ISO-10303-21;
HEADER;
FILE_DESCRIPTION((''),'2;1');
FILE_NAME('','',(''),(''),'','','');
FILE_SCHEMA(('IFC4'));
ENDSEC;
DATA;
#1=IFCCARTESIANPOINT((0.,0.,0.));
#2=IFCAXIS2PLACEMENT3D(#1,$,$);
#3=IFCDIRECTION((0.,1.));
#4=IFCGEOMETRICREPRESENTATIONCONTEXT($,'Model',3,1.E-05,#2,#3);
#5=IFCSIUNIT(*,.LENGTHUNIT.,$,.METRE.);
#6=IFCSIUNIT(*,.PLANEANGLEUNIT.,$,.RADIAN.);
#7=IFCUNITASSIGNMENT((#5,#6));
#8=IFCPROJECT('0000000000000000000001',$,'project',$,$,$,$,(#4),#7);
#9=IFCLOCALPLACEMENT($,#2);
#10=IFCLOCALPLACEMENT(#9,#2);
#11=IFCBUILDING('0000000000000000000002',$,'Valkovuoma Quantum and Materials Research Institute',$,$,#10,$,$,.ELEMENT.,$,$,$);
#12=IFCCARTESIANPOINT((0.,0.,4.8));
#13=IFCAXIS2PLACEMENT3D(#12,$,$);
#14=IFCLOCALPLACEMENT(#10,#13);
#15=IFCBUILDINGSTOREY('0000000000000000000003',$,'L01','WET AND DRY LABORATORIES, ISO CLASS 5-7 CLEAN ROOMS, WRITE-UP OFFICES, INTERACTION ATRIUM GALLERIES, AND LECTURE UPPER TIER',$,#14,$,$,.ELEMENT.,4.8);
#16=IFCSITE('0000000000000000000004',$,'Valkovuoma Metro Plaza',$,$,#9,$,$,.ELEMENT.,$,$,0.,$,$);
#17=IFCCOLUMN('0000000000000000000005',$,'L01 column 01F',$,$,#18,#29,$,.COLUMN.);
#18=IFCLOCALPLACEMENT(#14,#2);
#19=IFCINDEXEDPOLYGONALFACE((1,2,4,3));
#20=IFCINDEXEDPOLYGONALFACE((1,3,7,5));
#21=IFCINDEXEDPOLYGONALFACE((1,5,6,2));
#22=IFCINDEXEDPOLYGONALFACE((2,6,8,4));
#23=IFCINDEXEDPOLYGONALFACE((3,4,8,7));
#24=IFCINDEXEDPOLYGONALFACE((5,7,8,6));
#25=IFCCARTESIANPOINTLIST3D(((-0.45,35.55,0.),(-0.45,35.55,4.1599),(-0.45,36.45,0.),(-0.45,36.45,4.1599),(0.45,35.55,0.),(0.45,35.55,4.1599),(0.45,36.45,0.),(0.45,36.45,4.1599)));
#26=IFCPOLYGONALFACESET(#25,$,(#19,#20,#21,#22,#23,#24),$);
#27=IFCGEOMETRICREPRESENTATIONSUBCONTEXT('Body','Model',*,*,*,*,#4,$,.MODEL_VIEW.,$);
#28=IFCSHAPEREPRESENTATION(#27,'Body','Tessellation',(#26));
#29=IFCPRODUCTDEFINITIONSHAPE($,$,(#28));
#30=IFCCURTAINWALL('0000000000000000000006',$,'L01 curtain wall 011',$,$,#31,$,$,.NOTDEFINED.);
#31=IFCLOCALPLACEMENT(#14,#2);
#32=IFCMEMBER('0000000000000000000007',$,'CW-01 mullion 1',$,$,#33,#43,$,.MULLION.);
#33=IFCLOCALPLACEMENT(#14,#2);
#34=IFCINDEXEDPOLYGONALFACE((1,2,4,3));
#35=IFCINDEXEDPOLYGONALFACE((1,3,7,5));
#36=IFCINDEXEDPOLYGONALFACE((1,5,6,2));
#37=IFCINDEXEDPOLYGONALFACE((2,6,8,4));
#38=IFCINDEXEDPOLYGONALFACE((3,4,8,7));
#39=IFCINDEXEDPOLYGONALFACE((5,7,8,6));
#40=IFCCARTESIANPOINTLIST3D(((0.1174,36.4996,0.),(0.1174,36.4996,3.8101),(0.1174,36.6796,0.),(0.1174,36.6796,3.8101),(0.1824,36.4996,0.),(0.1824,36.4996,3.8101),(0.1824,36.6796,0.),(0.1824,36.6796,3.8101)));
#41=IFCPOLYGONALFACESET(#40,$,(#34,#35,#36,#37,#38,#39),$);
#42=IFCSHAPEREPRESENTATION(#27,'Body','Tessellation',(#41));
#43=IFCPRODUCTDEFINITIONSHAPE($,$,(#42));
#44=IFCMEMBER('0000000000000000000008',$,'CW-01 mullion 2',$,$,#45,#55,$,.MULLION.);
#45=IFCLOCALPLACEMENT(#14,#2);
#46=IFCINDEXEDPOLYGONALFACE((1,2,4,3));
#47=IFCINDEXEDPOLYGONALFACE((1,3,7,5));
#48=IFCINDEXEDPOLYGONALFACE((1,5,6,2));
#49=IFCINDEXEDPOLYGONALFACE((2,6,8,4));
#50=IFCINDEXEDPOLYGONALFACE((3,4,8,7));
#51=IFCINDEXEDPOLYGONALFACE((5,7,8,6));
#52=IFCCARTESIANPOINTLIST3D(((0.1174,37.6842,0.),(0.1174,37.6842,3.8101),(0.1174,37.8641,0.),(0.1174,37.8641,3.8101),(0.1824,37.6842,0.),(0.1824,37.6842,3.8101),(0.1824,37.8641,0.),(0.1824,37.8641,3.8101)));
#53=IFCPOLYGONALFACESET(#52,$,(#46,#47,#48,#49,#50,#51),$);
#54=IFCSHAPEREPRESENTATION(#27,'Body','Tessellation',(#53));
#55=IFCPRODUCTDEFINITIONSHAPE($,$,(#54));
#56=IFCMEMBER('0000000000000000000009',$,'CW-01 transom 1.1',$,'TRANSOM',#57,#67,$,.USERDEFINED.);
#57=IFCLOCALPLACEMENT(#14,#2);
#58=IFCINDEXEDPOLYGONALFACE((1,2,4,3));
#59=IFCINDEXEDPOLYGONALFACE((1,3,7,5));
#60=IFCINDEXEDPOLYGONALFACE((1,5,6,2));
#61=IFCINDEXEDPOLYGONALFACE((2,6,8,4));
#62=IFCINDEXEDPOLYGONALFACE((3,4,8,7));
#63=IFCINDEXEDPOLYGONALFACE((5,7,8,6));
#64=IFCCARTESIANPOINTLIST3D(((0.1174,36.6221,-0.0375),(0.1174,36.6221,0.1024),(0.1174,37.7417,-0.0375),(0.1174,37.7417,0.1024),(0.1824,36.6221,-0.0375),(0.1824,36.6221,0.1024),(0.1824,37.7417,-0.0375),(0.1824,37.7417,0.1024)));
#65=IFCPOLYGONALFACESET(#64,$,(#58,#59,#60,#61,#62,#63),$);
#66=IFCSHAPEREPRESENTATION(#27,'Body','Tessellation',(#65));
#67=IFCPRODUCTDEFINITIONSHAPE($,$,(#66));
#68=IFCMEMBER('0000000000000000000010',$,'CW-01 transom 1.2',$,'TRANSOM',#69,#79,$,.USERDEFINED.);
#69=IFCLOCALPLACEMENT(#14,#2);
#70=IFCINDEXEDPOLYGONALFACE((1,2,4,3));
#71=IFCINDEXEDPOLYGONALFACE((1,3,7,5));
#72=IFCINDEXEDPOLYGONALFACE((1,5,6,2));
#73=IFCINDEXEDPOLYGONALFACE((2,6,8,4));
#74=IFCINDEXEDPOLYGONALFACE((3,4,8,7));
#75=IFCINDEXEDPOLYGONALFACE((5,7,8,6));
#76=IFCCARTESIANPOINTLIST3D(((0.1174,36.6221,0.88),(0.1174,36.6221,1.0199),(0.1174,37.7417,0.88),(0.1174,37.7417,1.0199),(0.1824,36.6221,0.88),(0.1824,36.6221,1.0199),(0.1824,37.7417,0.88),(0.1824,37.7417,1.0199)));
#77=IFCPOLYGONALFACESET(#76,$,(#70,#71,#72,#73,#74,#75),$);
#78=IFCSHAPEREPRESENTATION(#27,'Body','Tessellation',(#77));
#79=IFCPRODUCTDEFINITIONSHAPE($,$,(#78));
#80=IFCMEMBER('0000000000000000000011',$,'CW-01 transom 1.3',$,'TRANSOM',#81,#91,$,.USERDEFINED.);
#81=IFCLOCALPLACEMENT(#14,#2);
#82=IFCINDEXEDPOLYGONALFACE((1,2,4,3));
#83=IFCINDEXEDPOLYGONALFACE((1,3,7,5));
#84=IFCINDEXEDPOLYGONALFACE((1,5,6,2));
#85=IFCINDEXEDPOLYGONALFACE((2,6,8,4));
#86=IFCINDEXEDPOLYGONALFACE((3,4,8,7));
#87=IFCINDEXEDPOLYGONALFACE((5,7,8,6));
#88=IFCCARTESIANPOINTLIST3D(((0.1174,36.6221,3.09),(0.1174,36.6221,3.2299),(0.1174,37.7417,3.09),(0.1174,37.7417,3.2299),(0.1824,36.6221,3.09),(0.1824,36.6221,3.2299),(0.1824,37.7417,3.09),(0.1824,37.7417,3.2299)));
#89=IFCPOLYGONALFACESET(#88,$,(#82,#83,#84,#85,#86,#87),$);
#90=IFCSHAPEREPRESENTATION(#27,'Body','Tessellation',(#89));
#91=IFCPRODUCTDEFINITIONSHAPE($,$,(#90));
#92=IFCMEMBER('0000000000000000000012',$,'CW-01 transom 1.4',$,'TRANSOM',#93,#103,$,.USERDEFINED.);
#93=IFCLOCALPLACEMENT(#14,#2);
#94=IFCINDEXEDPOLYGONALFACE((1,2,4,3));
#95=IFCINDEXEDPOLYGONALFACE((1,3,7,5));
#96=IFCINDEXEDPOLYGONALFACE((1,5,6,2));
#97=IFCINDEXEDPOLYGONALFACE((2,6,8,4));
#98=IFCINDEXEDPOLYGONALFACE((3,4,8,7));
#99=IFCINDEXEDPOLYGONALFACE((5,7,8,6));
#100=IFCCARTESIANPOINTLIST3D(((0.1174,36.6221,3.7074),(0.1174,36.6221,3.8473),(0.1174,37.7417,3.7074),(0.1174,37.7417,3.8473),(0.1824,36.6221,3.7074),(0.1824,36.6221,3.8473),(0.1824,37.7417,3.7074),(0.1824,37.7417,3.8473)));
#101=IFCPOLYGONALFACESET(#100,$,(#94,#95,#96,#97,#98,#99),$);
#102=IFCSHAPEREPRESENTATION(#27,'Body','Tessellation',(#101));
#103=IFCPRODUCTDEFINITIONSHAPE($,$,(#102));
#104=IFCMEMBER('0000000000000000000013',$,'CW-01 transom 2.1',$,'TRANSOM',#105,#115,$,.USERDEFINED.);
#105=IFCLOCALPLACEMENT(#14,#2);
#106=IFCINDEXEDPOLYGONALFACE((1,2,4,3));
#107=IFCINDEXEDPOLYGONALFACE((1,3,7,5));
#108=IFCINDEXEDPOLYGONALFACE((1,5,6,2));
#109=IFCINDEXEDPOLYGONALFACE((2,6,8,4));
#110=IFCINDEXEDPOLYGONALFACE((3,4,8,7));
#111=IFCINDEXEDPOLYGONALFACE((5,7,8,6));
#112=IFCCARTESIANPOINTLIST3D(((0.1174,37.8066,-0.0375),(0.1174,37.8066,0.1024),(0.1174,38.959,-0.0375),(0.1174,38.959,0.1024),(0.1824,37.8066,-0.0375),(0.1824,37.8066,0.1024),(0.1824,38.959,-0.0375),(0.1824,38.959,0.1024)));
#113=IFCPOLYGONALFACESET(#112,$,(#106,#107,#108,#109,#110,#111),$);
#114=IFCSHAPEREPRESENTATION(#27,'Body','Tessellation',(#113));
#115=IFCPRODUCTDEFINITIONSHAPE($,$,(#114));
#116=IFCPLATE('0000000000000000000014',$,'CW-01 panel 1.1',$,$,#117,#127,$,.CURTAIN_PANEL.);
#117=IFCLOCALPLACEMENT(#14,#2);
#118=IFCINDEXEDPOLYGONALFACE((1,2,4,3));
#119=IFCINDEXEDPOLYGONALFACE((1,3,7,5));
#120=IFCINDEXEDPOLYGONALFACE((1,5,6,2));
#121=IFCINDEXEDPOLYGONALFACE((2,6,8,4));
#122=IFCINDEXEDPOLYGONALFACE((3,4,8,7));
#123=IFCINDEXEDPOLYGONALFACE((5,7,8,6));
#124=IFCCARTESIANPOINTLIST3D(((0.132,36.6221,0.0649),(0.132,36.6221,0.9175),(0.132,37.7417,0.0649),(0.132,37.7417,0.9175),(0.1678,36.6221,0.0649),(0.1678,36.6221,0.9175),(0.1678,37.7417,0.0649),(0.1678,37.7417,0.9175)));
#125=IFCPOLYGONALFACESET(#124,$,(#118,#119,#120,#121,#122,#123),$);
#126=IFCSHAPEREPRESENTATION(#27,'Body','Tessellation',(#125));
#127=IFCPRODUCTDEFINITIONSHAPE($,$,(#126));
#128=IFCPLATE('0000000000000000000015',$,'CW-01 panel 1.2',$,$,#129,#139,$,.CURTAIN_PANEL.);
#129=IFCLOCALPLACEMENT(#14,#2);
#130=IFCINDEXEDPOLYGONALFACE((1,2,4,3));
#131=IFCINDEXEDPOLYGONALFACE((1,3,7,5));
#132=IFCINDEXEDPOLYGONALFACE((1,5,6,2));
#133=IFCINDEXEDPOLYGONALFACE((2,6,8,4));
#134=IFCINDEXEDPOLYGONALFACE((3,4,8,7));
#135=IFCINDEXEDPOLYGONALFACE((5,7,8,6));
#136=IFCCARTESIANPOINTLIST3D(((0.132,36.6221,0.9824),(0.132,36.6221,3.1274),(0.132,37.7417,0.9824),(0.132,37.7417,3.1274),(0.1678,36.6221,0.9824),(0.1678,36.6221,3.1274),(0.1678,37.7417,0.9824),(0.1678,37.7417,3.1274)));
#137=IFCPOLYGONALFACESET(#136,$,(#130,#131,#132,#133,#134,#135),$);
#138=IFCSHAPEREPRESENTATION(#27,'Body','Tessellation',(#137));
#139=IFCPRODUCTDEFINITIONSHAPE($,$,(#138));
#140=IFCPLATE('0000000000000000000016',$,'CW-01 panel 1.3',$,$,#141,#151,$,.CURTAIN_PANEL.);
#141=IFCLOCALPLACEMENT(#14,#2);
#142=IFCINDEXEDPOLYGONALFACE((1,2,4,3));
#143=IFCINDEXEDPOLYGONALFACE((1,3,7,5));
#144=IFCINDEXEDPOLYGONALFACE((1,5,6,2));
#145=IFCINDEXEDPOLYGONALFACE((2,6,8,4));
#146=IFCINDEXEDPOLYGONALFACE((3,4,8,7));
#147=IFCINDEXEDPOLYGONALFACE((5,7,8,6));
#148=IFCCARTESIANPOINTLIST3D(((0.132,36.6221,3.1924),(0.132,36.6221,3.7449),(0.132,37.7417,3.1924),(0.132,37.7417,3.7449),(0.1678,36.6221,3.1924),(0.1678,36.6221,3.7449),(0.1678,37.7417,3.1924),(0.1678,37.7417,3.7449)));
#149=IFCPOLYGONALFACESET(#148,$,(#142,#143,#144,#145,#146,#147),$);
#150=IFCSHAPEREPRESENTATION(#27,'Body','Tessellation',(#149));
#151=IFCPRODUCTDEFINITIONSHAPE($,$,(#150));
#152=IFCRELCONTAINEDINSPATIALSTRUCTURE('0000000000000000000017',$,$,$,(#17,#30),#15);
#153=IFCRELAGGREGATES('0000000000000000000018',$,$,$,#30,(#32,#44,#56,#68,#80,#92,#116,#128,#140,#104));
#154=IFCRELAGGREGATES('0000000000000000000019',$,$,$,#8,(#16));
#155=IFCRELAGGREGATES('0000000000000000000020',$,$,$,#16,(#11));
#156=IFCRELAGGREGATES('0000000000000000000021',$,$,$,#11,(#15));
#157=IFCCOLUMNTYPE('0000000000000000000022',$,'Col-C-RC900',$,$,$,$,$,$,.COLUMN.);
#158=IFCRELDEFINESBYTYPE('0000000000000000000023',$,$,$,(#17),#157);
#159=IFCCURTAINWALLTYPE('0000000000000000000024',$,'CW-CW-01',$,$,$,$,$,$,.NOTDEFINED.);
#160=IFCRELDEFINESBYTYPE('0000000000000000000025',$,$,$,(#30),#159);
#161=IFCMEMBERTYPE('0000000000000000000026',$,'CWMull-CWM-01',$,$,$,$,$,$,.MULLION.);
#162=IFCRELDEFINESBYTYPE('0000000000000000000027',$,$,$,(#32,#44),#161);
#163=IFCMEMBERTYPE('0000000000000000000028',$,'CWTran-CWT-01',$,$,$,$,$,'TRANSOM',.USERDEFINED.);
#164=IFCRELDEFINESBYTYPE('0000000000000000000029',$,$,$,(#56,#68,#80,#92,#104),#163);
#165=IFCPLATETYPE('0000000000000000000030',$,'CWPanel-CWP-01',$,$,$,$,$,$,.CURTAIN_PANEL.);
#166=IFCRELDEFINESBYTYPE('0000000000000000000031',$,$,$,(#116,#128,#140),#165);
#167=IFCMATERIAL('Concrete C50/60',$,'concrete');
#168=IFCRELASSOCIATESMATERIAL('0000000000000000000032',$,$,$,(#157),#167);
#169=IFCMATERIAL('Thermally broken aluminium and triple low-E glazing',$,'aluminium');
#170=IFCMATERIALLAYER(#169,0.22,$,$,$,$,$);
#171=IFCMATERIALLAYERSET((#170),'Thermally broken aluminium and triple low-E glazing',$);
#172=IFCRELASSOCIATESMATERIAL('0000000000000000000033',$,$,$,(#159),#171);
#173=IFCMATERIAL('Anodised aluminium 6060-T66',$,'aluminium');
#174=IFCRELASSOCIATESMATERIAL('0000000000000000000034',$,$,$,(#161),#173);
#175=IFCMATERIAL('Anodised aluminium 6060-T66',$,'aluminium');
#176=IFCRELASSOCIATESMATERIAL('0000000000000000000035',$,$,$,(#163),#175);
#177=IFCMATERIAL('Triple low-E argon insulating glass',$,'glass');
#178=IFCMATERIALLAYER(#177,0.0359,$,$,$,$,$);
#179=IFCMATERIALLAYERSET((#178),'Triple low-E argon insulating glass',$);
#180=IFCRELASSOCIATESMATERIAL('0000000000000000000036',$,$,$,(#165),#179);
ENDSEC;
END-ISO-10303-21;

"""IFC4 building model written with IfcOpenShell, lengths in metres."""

from ifc_helpers import new_model, si_unit, direction, frame, origin, origin_2d, place, context, subcontext, project, spatial, rectangle, extrude, material, layer, layer_set, material_profile, profile_set, type_object, element, aggregate, save


model = new_model("IFC4")

# Units and contexts
model_context = context("Model", 3, precision=1e-05, world=origin(), true_north=direction((0.0, 1.0)))
body_context = subcontext(model_context, "Body", "Model", "MODEL_VIEW")
ifc_project = project(units=[si_unit("LENGTHUNIT", "METRE"), si_unit("PLANEANGLEUNIT", "RADIAN")], contexts=[model_context])

# Site, building, storey
site_placement = place(None, origin())
site = spatial("IfcSite", under=ifc_project, at=site_placement, Name="Valkovuoma Metro Plaza", CompositionType="ELEMENT", RefElevation=0.0)
building_placement = place(site_placement, origin())
building = spatial("IfcBuilding", under=site, at=building_placement, Name="Valkovuoma Quantum and Materials Research Institute", CompositionType="ELEMENT")
storey_placement = place(building_placement, frame((0.0, 0.0, 4.8)))
storey = spatial("IfcBuildingStorey", under=building, at=storey_placement, Name="L01", Description="WET AND DRY LABORATORIES, ISO CLASS 5-7 CLEAN ROOMS, WRITE-UP OFFICES, INTERACTION ATRIUM GALLERIES, AND LECTURE UPPER TIER", CompositionType="ELEMENT", Elevation=4.8)

# Column
ifc_material_1 = material(Name="Concrete C50/60", Category="concrete")
ifc_material_profile_1 = material_profile(ifc_material_1, rectangle(XDim=0.8999, YDim=0.8999, at=origin_2d()), Name="Concrete C50/60")
ifc_profile_set_1 = profile_set([ifc_material_profile_1], Name="Concrete C50/60")
column_type = type_object("IfcColumnType", Name="Col-C-RC900", PredefinedType="COLUMN", material=ifc_profile_set_1)
column_placement = place(storey_placement, frame((0.0, 36.0, 0.0), z_axis=(0.0, 0.0, 1.0), x_axis=(1.0, 0.0, 0.0)))
element("IfcColumn", 1, at=column_placement, inside=storey, type_object=column_type, Name="L01 column 01F", PredefinedType="COLUMN", context=body_context, shape_type="SweptSolid", body=[
    extrude(rectangle(XDim=0.8999, YDim=0.8999, at=origin_2d()), origin(), (0.0, 0.0, 1.0), 4.1599),
])

# Curtain wall, members, plates
ifc_material_2 = material(Name="Thermally broken aluminium and triple low-E glazing", Category="aluminium")
ifc_layer_1 = layer(ifc_material_2, 0.22)
ifc_layer_set_1 = layer_set([ifc_layer_1], Name="Thermally broken aluminium and triple low-E glazing")
curtain_wall_type = type_object("IfcCurtainWallType", Name="CW-CW-01", PredefinedType="NOTDEFINED", material=ifc_layer_set_1)
curtain_wall_placement = place(storey_placement, origin())
curtain_wall = element("IfcCurtainWall", 2, at=curtain_wall_placement, inside=storey, type_object=curtain_wall_type, Name="L01 curtain wall 011", PredefinedType="NOTDEFINED")
ifc_material_3 = material(Name="Anodised aluminium 6060-T66", Category="aluminium")
ifc_material_profile_2 = material_profile(ifc_material_3, rectangle(XDim=0.0649, YDim=0.1799, at=origin_2d()), Name="Anodised aluminium 6060-T66")
ifc_profile_set_2 = profile_set([ifc_material_profile_2], Name="Anodised aluminium 6060-T66")
member_type_1 = type_object("IfcMemberType", Name="CWMull-CWM-01", PredefinedType="MULLION", material=ifc_profile_set_2)
member_1_placement = place(storey_placement, frame((0.1499, 36.5896, 0.0), z_axis=(0.0, 0.0, 1.0), x_axis=(-1.0, 0.0, 0.0)))
member_1 = element("IfcMember", 3, at=member_1_placement, type_object=member_type_1, Name="CW-01 mullion 1", PredefinedType="MULLION", context=body_context, shape_type="SweptSolid", body=[
    extrude(rectangle(XDim=0.0649, YDim=0.1799, at=origin_2d()), origin(), (0.0, 0.0, 1.0), 3.8101),
])
member_2_placement = place(storey_placement, frame((0.1499, 37.7742, 0.0), z_axis=(0.0, 0.0, 1.0), x_axis=(-1.0, 0.0, 0.0)))
member_2 = element("IfcMember", 4, at=member_2_placement, type_object=member_type_1, Name="CW-01 mullion 2", PredefinedType="MULLION", context=body_context, shape_type="SweptSolid", body=[
    extrude(rectangle(XDim=0.0649, YDim=0.1799, at=origin_2d()), origin(), (0.0, 0.0, 1.0), 3.8101),
])
ifc_material_4 = material(Name="Anodised aluminium 6060-T66", Category="aluminium")
ifc_material_profile_3 = material_profile(ifc_material_4, rectangle(XDim=0.0649, YDim=0.1399, at=origin_2d()), Name="Anodised aluminium 6060-T66")
ifc_profile_set_3 = profile_set([ifc_material_profile_3], Name="Anodised aluminium 6060-T66")
member_type_2 = type_object("IfcMemberType", Name="CWTran-CWT-01", ElementType="TRANSOM", PredefinedType="USERDEFINED", material=ifc_profile_set_3)
member_3_placement = place(storey_placement, frame((0.1499, 36.6221, 0.0325), z_axis=(0.0, 1.0, 0.0), x_axis=(-1.0, 0.0, 0.0)))
member_3 = element("IfcMember", 5, at=member_3_placement, type_object=member_type_2, Name="CW-01 transom 1.1", ObjectType="TRANSOM", PredefinedType="USERDEFINED", context=body_context, shape_type="SweptSolid", body=[
    extrude(rectangle(XDim=0.0649, YDim=0.1399, at=origin_2d()), origin(), (0.0, 0.0, 1.0), 1.1196),
])
member_4_placement = place(storey_placement, frame((0.1499, 36.6221, 0.95), z_axis=(0.0, 1.0, 0.0), x_axis=(-1.0, 0.0, 0.0)))
member_4 = element("IfcMember", 6, at=member_4_placement, type_object=member_type_2, Name="CW-01 transom 1.2", ObjectType="TRANSOM", PredefinedType="USERDEFINED", context=body_context, shape_type="SweptSolid", body=[
    extrude(rectangle(XDim=0.0649, YDim=0.1399, at=origin_2d()), origin(), (0.0, 0.0, 1.0), 1.1196),
])
member_5_placement = place(storey_placement, frame((0.1499, 36.6221, 3.1599), z_axis=(0.0, 1.0, 0.0), x_axis=(-1.0, 0.0, 0.0)))
member_5 = element("IfcMember", 7, at=member_5_placement, type_object=member_type_2, Name="CW-01 transom 1.3", ObjectType="TRANSOM", PredefinedType="USERDEFINED", context=body_context, shape_type="SweptSolid", body=[
    extrude(rectangle(XDim=0.0649, YDim=0.1399, at=origin_2d()), origin(), (0.0, 0.0, 1.0), 1.1196),
])
member_6_placement = place(storey_placement, frame((0.1499, 36.6221, 3.7773), z_axis=(0.0, 1.0, 0.0), x_axis=(-1.0, 0.0, 0.0)))
member_6 = element("IfcMember", 8, at=member_6_placement, type_object=member_type_2, Name="CW-01 transom 1.4", ObjectType="TRANSOM", PredefinedType="USERDEFINED", context=body_context, shape_type="SweptSolid", body=[
    extrude(rectangle(XDim=0.0649, YDim=0.1399, at=origin_2d()), origin(), (0.0, 0.0, 1.0), 1.1196),
])
member_7_placement = place(storey_placement, frame((0.1499, 37.8066, 0.0325), z_axis=(0.0, 1.0, 0.0), x_axis=(-1.0, 0.0, 0.0)))
member_7 = element("IfcMember", 9, at=member_7_placement, type_object=member_type_2, Name="CW-01 transom 2.1", ObjectType="TRANSOM", PredefinedType="USERDEFINED", context=body_context, shape_type="SweptSolid", body=[
    extrude(rectangle(XDim=0.0649, YDim=0.1399, at=origin_2d()), origin(), (0.0, 0.0, 1.0), 1.1523),
])
ifc_material_5 = material(Name="Triple low-E argon insulating glass", Category="glass")
ifc_layer_2 = layer(ifc_material_5, 0.0359)
ifc_layer_set_2 = layer_set([ifc_layer_2], Name="Triple low-E argon insulating glass")
plate_type = type_object("IfcPlateType", Name="CWPanel-CWP-01", PredefinedType="CURTAIN_PANEL", material=ifc_layer_set_2)
plate_1_placement = place(storey_placement, frame((0.1499, 37.1819, 0.0649), z_axis=(0.0, 0.0, 1.0), x_axis=(0.0, 1.0, 0.0)))
plate_1 = element("IfcPlate", 10, at=plate_1_placement, type_object=plate_type, Name="CW-01 panel 1.1", PredefinedType="CURTAIN_PANEL", context=body_context, shape_type="SweptSolid", body=[
    extrude(rectangle(XDim=1.1196, YDim=0.0359, at=origin_2d()), origin(), (0.0, 0.0, 1.0), 0.8525),
])
plate_2_placement = place(storey_placement, frame((0.1499, 37.1819, 0.9824), z_axis=(0.0, 0.0, 1.0), x_axis=(0.0, 1.0, 0.0)))
plate_2 = element("IfcPlate", 11, at=plate_2_placement, type_object=plate_type, Name="CW-01 panel 1.2", PredefinedType="CURTAIN_PANEL", context=body_context, shape_type="SweptSolid", body=[
    extrude(rectangle(XDim=1.1196, YDim=0.0359, at=origin_2d()), origin(), (0.0, 0.0, 1.0), 2.145),
])
plate_3_placement = place(storey_placement, frame((0.1499, 37.1819, 3.1924), z_axis=(0.0, 0.0, 1.0), x_axis=(0.0, 1.0, 0.0)))
plate_3 = element("IfcPlate", 12, at=plate_3_placement, type_object=plate_type, Name="CW-01 panel 1.3", PredefinedType="CURTAIN_PANEL", context=body_context, shape_type="SweptSolid", body=[
    extrude(rectangle(XDim=1.1196, YDim=0.0359, at=origin_2d()), origin(), (0.0, 0.0, 1.0), 0.5525),
])
aggregate(curtain_wall, [member_1, member_2, member_3, member_4, member_5, member_6, plate_1, plate_2, plate_3, member_7])

save(model, "model.ifc")
